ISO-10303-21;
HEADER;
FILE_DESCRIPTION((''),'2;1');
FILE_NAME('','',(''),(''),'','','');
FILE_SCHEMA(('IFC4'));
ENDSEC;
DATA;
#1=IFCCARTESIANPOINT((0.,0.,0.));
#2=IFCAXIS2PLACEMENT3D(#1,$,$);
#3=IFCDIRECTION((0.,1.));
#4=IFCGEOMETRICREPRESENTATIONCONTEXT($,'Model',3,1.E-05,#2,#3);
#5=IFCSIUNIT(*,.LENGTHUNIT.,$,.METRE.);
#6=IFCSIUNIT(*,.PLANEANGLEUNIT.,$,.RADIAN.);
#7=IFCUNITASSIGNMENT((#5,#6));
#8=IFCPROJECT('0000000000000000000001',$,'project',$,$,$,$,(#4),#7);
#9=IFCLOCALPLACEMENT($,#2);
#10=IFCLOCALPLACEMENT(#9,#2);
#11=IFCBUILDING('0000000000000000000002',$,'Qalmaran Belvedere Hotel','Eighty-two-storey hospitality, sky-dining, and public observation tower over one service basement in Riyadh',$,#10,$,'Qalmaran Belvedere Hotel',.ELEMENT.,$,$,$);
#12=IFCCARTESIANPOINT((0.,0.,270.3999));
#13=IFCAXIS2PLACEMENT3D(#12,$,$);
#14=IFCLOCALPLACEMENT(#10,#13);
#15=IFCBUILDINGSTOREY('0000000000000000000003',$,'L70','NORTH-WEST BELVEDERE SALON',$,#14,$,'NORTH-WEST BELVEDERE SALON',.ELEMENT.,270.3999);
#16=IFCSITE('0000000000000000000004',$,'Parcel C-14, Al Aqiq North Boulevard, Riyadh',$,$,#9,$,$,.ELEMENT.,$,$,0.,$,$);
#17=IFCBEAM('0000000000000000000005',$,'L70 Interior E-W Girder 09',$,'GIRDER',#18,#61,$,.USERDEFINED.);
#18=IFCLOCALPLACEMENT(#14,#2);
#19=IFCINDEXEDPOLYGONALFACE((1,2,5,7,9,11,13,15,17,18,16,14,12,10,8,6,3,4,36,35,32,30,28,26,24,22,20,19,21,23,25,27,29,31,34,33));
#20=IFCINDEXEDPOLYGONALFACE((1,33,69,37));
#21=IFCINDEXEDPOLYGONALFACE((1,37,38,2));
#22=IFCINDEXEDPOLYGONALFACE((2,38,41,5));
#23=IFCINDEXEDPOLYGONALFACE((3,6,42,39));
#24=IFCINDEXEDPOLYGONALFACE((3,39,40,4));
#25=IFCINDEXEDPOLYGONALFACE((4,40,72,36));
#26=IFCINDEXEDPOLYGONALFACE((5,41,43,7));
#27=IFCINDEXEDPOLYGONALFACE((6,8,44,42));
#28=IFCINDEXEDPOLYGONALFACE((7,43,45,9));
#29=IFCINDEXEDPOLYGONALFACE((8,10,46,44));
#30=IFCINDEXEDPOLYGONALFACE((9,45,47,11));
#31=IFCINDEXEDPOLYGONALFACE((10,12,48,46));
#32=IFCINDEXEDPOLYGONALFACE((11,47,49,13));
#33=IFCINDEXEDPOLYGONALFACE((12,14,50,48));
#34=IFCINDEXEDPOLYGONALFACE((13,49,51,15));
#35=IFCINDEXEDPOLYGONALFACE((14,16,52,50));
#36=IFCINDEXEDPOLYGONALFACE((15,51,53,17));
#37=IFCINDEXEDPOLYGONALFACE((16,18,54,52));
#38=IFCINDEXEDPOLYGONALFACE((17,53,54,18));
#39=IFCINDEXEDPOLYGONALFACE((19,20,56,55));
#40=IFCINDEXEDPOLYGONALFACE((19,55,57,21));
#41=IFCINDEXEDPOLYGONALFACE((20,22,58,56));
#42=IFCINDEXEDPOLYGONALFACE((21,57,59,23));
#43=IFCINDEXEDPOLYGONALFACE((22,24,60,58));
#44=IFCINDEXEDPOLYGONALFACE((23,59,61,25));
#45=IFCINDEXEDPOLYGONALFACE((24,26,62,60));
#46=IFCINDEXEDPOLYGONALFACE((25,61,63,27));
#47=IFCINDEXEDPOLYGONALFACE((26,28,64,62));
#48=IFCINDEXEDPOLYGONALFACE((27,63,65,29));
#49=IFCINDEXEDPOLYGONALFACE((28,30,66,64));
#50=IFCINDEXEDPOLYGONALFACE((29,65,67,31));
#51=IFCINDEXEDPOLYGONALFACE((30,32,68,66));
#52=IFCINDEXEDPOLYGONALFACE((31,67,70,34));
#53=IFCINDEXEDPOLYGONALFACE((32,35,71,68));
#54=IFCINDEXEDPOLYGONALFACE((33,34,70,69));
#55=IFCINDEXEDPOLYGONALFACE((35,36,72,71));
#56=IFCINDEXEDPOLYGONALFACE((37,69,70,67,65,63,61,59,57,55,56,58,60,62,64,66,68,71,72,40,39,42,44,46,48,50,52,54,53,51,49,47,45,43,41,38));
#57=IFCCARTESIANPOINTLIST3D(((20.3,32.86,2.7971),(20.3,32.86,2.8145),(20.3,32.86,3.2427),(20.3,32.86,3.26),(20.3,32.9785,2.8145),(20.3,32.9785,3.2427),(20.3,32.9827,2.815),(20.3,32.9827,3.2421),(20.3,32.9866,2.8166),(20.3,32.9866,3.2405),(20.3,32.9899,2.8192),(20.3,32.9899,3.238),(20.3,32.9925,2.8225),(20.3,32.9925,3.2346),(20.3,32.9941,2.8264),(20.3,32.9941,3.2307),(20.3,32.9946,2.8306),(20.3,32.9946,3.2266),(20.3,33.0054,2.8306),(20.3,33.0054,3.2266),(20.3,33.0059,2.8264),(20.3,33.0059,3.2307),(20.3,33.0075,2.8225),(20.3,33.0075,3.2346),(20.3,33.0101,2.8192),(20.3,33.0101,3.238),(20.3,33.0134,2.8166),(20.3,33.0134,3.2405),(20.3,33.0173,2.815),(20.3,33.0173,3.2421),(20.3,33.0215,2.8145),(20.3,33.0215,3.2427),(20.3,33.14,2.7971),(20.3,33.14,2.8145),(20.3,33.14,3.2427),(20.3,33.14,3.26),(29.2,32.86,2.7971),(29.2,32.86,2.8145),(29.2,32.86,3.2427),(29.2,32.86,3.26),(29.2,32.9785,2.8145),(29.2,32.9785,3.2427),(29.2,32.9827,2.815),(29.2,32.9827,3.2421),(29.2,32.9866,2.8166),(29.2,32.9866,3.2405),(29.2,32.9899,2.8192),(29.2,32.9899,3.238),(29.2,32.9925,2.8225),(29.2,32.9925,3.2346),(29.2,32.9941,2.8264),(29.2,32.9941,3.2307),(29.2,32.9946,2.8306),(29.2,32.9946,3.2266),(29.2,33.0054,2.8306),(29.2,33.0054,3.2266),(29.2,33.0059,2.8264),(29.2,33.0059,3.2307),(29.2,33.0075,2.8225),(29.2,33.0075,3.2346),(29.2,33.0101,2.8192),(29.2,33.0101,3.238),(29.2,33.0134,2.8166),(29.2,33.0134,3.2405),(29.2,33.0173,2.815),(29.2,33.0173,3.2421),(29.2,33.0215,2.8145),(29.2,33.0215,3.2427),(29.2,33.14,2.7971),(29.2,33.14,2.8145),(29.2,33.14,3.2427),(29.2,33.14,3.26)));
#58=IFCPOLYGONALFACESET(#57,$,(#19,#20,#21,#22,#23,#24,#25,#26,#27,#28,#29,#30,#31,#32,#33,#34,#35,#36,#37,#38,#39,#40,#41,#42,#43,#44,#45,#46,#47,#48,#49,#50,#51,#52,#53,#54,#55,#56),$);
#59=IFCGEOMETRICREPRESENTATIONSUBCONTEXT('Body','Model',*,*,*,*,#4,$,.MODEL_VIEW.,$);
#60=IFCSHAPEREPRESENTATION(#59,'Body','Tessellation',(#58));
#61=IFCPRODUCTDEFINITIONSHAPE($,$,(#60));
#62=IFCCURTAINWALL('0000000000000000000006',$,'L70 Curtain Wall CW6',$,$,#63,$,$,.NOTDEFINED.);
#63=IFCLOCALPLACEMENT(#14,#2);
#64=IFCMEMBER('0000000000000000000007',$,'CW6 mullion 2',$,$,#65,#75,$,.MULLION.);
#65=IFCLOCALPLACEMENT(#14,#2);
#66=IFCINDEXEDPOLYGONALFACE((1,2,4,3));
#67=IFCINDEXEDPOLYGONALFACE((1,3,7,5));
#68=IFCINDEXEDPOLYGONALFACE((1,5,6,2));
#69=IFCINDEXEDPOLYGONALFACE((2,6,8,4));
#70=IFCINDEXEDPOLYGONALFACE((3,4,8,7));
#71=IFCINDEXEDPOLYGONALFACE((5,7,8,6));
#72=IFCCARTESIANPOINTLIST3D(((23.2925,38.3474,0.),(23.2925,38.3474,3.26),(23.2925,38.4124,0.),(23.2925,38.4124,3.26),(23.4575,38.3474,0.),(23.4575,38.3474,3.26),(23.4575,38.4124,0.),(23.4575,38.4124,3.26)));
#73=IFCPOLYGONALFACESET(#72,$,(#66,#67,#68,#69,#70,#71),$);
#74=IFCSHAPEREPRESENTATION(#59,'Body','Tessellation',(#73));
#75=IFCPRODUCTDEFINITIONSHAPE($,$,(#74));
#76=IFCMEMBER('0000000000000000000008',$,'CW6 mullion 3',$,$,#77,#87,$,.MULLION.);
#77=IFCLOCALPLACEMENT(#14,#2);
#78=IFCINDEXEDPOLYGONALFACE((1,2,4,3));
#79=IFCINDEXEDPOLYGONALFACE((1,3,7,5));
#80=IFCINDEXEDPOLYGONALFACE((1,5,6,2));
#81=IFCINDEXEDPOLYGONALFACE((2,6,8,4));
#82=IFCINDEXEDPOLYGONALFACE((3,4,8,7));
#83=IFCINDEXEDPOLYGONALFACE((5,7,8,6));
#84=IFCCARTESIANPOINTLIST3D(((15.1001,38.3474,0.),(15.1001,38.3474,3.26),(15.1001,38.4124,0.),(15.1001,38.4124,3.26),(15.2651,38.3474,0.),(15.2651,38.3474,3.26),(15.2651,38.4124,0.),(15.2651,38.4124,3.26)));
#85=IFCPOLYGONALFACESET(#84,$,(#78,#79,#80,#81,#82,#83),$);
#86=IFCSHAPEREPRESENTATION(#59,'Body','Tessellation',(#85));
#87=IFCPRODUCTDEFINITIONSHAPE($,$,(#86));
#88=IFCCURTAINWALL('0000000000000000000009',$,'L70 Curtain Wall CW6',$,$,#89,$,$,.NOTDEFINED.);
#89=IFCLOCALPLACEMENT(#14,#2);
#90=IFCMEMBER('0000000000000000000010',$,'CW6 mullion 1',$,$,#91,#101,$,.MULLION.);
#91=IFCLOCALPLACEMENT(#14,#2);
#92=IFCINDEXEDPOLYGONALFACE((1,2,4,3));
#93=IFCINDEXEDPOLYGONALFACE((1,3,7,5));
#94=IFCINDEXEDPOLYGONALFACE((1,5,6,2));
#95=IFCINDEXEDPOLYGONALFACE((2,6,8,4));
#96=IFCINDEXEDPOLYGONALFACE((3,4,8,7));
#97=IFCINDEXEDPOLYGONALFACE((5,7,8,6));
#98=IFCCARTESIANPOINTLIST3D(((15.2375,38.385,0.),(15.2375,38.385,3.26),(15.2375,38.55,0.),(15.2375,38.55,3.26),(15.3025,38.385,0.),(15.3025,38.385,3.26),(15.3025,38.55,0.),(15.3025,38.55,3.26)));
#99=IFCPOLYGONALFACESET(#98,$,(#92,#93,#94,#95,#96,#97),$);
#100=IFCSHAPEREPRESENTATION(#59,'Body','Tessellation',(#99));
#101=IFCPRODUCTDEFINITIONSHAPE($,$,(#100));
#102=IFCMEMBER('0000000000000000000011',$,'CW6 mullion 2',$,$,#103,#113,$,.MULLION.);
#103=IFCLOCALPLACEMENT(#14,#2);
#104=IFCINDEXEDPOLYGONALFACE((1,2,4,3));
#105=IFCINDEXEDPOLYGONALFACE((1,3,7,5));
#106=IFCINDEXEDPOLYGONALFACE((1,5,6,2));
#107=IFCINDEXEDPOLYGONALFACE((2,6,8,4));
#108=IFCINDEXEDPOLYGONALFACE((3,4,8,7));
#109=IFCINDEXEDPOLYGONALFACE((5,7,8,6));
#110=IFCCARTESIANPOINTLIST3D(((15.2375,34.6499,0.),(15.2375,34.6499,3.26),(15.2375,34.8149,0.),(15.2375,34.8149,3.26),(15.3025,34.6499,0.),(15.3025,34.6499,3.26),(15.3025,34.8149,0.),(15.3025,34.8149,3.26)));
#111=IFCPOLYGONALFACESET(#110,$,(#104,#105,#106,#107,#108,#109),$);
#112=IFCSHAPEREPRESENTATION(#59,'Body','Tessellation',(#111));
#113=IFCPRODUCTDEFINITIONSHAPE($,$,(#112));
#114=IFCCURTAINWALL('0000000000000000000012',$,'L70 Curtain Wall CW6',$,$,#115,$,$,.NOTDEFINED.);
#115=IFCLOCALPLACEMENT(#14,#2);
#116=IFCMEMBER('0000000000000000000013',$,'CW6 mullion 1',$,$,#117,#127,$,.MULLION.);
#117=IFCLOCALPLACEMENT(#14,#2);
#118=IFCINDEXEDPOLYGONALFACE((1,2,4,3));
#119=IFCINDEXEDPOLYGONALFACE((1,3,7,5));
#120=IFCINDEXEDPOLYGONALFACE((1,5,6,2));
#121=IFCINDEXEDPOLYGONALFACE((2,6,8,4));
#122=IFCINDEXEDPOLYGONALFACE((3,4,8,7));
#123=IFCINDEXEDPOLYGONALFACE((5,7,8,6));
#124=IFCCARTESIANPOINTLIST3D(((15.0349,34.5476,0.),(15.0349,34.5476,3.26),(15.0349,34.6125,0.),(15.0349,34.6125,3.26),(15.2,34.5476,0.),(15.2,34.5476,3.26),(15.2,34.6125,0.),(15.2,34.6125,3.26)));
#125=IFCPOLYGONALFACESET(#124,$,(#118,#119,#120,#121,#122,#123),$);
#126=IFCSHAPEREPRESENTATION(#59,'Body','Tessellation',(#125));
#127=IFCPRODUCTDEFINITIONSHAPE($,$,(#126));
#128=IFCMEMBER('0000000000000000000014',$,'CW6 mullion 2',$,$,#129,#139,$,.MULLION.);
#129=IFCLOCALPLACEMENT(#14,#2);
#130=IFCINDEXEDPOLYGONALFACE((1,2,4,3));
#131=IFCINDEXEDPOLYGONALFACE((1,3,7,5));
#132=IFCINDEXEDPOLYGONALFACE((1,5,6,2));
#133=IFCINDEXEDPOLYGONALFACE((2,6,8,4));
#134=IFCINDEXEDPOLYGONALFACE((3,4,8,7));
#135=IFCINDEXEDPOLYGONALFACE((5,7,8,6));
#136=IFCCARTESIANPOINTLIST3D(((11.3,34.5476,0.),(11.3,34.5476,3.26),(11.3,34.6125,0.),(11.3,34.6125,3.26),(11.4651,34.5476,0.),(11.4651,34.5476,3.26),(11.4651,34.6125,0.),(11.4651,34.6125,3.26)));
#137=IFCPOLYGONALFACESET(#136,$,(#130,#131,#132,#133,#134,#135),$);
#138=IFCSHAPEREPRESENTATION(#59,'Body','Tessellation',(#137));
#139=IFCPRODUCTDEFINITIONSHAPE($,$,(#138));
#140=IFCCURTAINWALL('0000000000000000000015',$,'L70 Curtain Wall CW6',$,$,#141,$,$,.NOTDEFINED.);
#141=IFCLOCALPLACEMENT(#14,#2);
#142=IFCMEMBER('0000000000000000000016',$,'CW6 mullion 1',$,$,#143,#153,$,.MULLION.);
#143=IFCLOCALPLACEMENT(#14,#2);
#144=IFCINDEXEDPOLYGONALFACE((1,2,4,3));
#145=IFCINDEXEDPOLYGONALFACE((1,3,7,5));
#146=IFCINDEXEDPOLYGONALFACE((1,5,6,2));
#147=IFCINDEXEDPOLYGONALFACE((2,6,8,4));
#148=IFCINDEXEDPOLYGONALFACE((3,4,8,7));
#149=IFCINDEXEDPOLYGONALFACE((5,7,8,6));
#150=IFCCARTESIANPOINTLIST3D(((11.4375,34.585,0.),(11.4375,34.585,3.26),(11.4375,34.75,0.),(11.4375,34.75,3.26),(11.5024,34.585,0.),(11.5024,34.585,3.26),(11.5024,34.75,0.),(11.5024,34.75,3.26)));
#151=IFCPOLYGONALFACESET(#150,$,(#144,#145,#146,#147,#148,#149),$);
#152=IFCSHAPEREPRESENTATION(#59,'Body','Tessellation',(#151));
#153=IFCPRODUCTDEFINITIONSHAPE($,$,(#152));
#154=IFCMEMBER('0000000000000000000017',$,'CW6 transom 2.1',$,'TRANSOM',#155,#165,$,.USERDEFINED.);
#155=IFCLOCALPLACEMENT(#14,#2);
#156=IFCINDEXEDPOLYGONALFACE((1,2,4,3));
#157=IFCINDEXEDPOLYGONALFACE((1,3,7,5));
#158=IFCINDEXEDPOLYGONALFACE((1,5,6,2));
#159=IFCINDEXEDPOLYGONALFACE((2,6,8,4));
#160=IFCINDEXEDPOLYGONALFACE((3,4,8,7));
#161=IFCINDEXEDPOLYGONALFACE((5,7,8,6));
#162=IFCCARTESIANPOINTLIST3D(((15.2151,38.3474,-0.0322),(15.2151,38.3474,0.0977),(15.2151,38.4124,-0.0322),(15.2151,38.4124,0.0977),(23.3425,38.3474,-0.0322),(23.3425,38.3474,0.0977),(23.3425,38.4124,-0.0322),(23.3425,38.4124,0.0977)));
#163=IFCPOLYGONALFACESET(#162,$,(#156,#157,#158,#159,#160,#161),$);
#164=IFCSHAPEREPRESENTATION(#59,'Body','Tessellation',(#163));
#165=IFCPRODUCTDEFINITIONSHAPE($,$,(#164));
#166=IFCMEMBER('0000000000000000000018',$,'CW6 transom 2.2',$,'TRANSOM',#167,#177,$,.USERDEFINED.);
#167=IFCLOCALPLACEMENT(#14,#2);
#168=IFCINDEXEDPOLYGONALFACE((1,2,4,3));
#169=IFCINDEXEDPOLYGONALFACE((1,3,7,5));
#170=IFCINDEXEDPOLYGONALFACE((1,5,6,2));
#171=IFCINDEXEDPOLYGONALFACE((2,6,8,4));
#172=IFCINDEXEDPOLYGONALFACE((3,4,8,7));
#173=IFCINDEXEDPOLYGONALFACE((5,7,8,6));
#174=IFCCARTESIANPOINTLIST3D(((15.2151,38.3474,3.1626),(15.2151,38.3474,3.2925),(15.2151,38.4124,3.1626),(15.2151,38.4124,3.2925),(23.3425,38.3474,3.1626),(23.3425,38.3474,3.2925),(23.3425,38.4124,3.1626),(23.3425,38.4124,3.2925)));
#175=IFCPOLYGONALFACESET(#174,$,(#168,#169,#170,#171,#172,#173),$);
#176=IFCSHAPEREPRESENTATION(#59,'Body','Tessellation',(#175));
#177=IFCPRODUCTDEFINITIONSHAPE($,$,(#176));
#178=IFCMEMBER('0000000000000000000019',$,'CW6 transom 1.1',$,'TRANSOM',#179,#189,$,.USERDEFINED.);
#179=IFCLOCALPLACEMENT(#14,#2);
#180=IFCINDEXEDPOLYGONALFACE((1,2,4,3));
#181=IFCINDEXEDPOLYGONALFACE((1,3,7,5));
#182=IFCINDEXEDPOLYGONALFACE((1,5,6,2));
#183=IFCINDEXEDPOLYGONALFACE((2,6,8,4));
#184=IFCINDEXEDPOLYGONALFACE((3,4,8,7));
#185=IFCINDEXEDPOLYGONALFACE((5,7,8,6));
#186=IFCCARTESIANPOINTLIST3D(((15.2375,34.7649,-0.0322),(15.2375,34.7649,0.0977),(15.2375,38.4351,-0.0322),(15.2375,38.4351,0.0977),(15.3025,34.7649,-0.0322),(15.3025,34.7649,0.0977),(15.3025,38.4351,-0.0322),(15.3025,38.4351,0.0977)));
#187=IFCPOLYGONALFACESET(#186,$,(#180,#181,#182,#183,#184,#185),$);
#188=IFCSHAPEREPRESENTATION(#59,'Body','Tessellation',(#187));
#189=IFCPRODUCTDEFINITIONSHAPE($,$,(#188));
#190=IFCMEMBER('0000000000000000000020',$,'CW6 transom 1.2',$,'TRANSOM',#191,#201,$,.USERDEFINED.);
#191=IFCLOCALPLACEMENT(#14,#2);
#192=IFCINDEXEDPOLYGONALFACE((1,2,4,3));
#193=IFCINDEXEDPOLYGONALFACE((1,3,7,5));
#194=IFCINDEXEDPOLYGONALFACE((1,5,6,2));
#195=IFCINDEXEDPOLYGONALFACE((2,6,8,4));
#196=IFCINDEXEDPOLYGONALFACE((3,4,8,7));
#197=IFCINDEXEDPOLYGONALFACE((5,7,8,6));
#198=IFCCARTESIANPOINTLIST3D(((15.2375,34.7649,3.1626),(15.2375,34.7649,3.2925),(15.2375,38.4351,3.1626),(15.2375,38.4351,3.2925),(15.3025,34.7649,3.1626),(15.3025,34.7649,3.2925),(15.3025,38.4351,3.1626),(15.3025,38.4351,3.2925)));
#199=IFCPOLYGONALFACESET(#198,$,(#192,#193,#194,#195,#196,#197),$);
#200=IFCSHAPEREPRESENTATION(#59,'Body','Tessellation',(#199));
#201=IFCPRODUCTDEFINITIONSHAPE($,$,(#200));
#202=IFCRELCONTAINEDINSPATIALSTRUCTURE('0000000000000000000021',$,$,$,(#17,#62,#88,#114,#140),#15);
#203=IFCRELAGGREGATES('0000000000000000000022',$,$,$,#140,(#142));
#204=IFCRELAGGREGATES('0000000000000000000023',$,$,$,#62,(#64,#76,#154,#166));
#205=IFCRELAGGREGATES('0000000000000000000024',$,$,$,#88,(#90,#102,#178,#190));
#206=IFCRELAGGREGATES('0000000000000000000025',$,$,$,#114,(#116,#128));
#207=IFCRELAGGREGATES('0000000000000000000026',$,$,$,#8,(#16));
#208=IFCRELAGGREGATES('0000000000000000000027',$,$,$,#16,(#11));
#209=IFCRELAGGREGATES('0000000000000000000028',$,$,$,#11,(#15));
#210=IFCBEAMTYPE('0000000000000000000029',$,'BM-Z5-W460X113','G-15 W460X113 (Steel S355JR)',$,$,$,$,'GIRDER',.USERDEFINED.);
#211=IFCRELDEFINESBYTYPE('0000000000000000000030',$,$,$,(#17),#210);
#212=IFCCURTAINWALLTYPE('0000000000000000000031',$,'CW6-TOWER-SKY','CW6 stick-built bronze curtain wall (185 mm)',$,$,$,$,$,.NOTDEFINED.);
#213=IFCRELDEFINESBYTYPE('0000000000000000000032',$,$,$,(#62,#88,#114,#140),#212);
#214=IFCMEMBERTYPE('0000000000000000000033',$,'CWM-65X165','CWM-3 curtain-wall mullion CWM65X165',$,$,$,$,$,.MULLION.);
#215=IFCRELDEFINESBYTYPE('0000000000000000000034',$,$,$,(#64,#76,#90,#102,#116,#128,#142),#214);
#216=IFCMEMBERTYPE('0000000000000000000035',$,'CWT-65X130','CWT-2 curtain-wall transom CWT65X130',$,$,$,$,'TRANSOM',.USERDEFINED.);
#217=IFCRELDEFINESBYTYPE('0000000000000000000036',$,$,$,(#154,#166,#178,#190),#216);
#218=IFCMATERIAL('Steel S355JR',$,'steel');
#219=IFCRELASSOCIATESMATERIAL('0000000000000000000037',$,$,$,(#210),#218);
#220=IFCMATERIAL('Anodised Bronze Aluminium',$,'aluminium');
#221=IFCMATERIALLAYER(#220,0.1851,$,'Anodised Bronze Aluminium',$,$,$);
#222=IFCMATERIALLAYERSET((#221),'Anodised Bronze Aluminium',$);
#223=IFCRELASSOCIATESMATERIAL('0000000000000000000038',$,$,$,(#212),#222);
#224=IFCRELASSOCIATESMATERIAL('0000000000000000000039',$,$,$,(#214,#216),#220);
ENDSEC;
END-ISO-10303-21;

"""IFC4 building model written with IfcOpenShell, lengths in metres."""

from ifc_helpers import new_model, si_unit, direction, frame, origin, origin_2d, place, context, subcontext, project, spatial, rectangle, i_section, extrude, material, layer, layer_set, material_profile, profile_set, type_object, element, aggregate, save


model = new_model("IFC4")

# Units and contexts
model_context = context("Model", 3, precision=1e-05, world=origin(), true_north=direction((0.0, 1.0)))
body_context = subcontext(model_context, "Body", "Model", "MODEL_VIEW")
ifc_project = project(units=[si_unit("LENGTHUNIT", "METRE"), si_unit("PLANEANGLEUNIT", "RADIAN")], contexts=[model_context])

# Site, building, storey
site_placement = place(None, origin())
site = spatial("IfcSite", under=ifc_project, at=site_placement, Name="Parcel C-14, Al Aqiq North Boulevard, Riyadh", CompositionType="ELEMENT", RefElevation=0.0)
building_placement = place(site_placement, origin())
building = spatial("IfcBuilding", under=site, at=building_placement, Name="Qalmaran Belvedere Hotel", Description="Eighty-two-storey hospitality, sky-dining, and public observation tower over one service basement in Riyadh", LongName="Qalmaran Belvedere Hotel", CompositionType="ELEMENT")
storey_placement = place(building_placement, frame((0.0, 0.0, 270.3999)))
storey = spatial("IfcBuildingStorey", under=building, at=storey_placement, Name="L70", Description="NORTH-WEST BELVEDERE SALON", LongName="NORTH-WEST BELVEDERE SALON", CompositionType="ELEMENT", Elevation=270.3999)

# Beam
ifc_material_1 = material(Name="Steel S355JR", Category="steel")
ifc_material_profile_1 = material_profile(ifc_material_1, i_section(OverallWidth=0.28, OverallDepth=0.4629, WebThickness=0.0107, FlangeThickness=0.0173, FilletRadius=0.0161, at=origin_2d()), Name="W460X113")
ifc_profile_set_1 = profile_set([ifc_material_profile_1], Name="Steel S355JR")
beam_type_1 = type_object("IfcBeamType", Name="BM-Z5-W460X113", Description="G-15 W460X113 (Steel S355JR)", ElementType="GIRDER", PredefinedType="USERDEFINED", material=ifc_profile_set_1)
beam_1_placement = place(storey_placement, frame((20.3, 33.0, 3.0286), z_axis=(1.0, 0.0, 0.0), x_axis=(0.0, 1.0, 0.0)))
element("IfcBeam", 1, at=beam_1_placement, inside=storey, type_object=beam_type_1, Name="L70 Interior E-W Girder 09", ObjectType="GIRDER", PredefinedType="USERDEFINED", context=body_context, shape_type="SweptSolid", body=[
    extrude(i_section(OverallWidth=0.28, OverallDepth=0.4629, WebThickness=0.0107, FlangeThickness=0.0173, FilletRadius=0.0161, at=origin_2d()), origin(), (0.0, 0.0, 1.0), 8.8999),
])

# Curtain walls, members
ifc_material_2 = material(Name="Anodised Bronze Aluminium", Category="aluminium")
ifc_layer_1 = layer(ifc_material_2, 0.1851, Name="Anodised Bronze Aluminium")
ifc_layer_set_1 = layer_set([ifc_layer_1], Name="Anodised Bronze Aluminium")
curtain_wall_type = type_object("IfcCurtainWallType", Name="CW6-TOWER-SKY", Description="CW6 stick-built bronze curtain wall (185 mm)", PredefinedType="NOTDEFINED", material=ifc_layer_set_1)
curtain_wall_1_placement = place(storey_placement, origin())
curtain_wall_1 = element("IfcCurtainWall", 2, at=curtain_wall_1_placement, inside=storey, type_object=curtain_wall_type, Name="L70 Curtain Wall CW6", PredefinedType="NOTDEFINED")
ifc_material_profile_2 = material_profile(ifc_material_2, rectangle(XDim=0.0649, YDim=0.165, at=origin_2d()), Name="CWM65X165")
ifc_profile_set_2 = profile_set([ifc_material_profile_2], Name="Anodised Bronze Aluminium")
member_type_1 = type_object("IfcMemberType", Name="CWM-65X165", Description="CWM-3 curtain-wall mullion CWM65X165", PredefinedType="MULLION", material=ifc_profile_set_2)
member_1_placement = place(storey_placement, frame((23.375, 38.3799, 0.0), z_axis=(0.0, 0.0, 1.0), x_axis=(0.0, -1.0, 0.0)))
member_1 = element("IfcMember", 3, at=member_1_placement, type_object=member_type_1, Name="CW6 mullion 2", PredefinedType="MULLION", context=body_context, shape_type="SweptSolid", body=[
    extrude(rectangle(XDim=0.0649, YDim=0.165, at=origin_2d()), origin(), (0.0, 0.0, 1.0), 3.26),
])
member_2_placement = place(storey_placement, frame((15.1826, 38.3799, 0.0), z_axis=(0.0, 0.0, 1.0), x_axis=(0.0, -1.0, 0.0)))
member_2 = element("IfcMember", 4, at=member_2_placement, type_object=member_type_1, Name="CW6 mullion 3", PredefinedType="MULLION", context=body_context, shape_type="SweptSolid", body=[
    extrude(rectangle(XDim=0.0649, YDim=0.165, at=origin_2d()), origin(), (0.0, 0.0, 1.0), 3.26),
])
curtain_wall_2_placement = place(storey_placement, origin())
curtain_wall_2 = element("IfcCurtainWall", 5, at=curtain_wall_2_placement, inside=storey, type_object=curtain_wall_type, Name="L70 Curtain Wall CW6", PredefinedType="NOTDEFINED")
member_3_placement = place(storey_placement, frame((15.27, 38.4675, 0.0), z_axis=(0.0, 0.0, 1.0), x_axis=(1.0, 0.0, 0.0)))
member_3 = element("IfcMember", 6, at=member_3_placement, type_object=member_type_1, Name="CW6 mullion 1", PredefinedType="MULLION", context=body_context, shape_type="SweptSolid", body=[
    extrude(rectangle(XDim=0.0649, YDim=0.165, at=origin_2d()), origin(), (0.0, 0.0, 1.0), 3.26),
])
member_4_placement = place(storey_placement, frame((15.27, 34.7324, 0.0), z_axis=(0.0, 0.0, 1.0), x_axis=(1.0, 0.0, 0.0)))
member_4 = element("IfcMember", 7, at=member_4_placement, type_object=member_type_1, Name="CW6 mullion 2", PredefinedType="MULLION", context=body_context, shape_type="SweptSolid", body=[
    extrude(rectangle(XDim=0.0649, YDim=0.165, at=origin_2d()), origin(), (0.0, 0.0, 1.0), 3.26),
])
curtain_wall_3_placement = place(storey_placement, origin())
curtain_wall_3 = element("IfcCurtainWall", 8, at=curtain_wall_3_placement, inside=storey, type_object=curtain_wall_type, Name="L70 Curtain Wall CW6", PredefinedType="NOTDEFINED")
member_5_placement = place(storey_placement, frame((15.1174, 34.5801, 0.0), z_axis=(0.0, 0.0, 1.0), x_axis=(0.0, -1.0, 0.0)))
member_5 = element("IfcMember", 9, at=member_5_placement, type_object=member_type_1, Name="CW6 mullion 1", PredefinedType="MULLION", context=body_context, shape_type="SweptSolid", body=[
    extrude(rectangle(XDim=0.0649, YDim=0.165, at=origin_2d()), origin(), (0.0, 0.0, 1.0), 3.26),
])
member_6_placement = place(storey_placement, frame((11.3826, 34.5801, 0.0), z_axis=(0.0, 0.0, 1.0), x_axis=(0.0, -1.0, 0.0)))
member_6 = element("IfcMember", 10, at=member_6_placement, type_object=member_type_1, Name="CW6 mullion 2", PredefinedType="MULLION", context=body_context, shape_type="SweptSolid", body=[
    extrude(rectangle(XDim=0.0649, YDim=0.165, at=origin_2d()), origin(), (0.0, 0.0, 1.0), 3.26),
])

# Curtain wall, member
curtain_wall_4_placement = place(storey_placement, origin())
curtain_wall_4 = element("IfcCurtainWall", 11, at=curtain_wall_4_placement, inside=storey, type_object=curtain_wall_type, Name="L70 Curtain Wall CW6", PredefinedType="NOTDEFINED")
member_7_placement = place(storey_placement, frame((11.47, 34.6675, 0.0), z_axis=(0.0, 0.0, 1.0), x_axis=(1.0, 0.0, 0.0)))
member_7 = element("IfcMember", 12, at=member_7_placement, type_object=member_type_1, Name="CW6 mullion 1", PredefinedType="MULLION", context=body_context, shape_type="SweptSolid", body=[
    extrude(rectangle(XDim=0.0649, YDim=0.165, at=origin_2d()), origin(), (0.0, 0.0, 1.0), 3.26),
])

# Members
ifc_material_profile_3 = material_profile(ifc_material_2, rectangle(XDim=0.0649, YDim=0.1299, at=origin_2d()), Name="CWT65X130")
ifc_profile_set_3 = profile_set([ifc_material_profile_3], Name="Anodised Bronze Aluminium")
member_type_2 = type_object("IfcMemberType", Name="CWT-65X130", Description="CWT-2 curtain-wall transom CWT65X130", ElementType="TRANSOM", PredefinedType="USERDEFINED", material=ifc_profile_set_3)
member_8_placement = place(storey_placement, frame((23.3425, 38.3799, 0.0327), z_axis=(-1.0, 0.0, 0.0), x_axis=(0.0, -1.0, 0.0)))
member_8 = element("IfcMember", 13, at=member_8_placement, type_object=member_type_2, Name="CW6 transom 2.1", ObjectType="TRANSOM", PredefinedType="USERDEFINED", context=body_context, shape_type="SweptSolid", body=[
    extrude(rectangle(XDim=0.0649, YDim=0.1299, at=origin_2d()), origin(), (0.0, 0.0, 1.0), 8.1274),
])
member_9_placement = place(storey_placement, frame((23.3425, 38.3799, 3.2275), z_axis=(-1.0, 0.0, 0.0), x_axis=(0.0, -1.0, 0.0)))
member_9 = element("IfcMember", 14, at=member_9_placement, type_object=member_type_2, Name="CW6 transom 2.2", ObjectType="TRANSOM", PredefinedType="USERDEFINED", context=body_context, shape_type="SweptSolid", body=[
    extrude(rectangle(XDim=0.0649, YDim=0.1299, at=origin_2d()), origin(), (0.0, 0.0, 1.0), 8.1274),
])
member_10_placement = place(storey_placement, frame((15.27, 38.4351, 0.0327), z_axis=(0.0, -1.0, 0.0), x_axis=(1.0, 0.0, 0.0)))
member_10 = element("IfcMember", 15, at=member_10_placement, type_object=member_type_2, Name="CW6 transom 1.1", ObjectType="TRANSOM", PredefinedType="USERDEFINED", context=body_context, shape_type="SweptSolid", body=[
    extrude(rectangle(XDim=0.0649, YDim=0.1299, at=origin_2d()), origin(), (0.0, 0.0, 1.0), 3.6702),
])
member_11_placement = place(storey_placement, frame((15.27, 38.4351, 3.2275), z_axis=(0.0, -1.0, 0.0), x_axis=(1.0, 0.0, 0.0)))
member_11 = element("IfcMember", 16, at=member_11_placement, type_object=member_type_2, Name="CW6 transom 1.2", ObjectType="TRANSOM", PredefinedType="USERDEFINED", context=body_context, shape_type="SweptSolid", body=[
    extrude(rectangle(XDim=0.0649, YDim=0.1299, at=origin_2d()), origin(), (0.0, 0.0, 1.0), 3.6702),
])
aggregate(curtain_wall_4, [member_7])

aggregate(curtain_wall_1, [member_1, member_2, member_8, member_9])
aggregate(curtain_wall_2, [member_3, member_4, member_10, member_11])
aggregate(curtain_wall_3, [member_5, member_6])

save(model, "model.ifc")
